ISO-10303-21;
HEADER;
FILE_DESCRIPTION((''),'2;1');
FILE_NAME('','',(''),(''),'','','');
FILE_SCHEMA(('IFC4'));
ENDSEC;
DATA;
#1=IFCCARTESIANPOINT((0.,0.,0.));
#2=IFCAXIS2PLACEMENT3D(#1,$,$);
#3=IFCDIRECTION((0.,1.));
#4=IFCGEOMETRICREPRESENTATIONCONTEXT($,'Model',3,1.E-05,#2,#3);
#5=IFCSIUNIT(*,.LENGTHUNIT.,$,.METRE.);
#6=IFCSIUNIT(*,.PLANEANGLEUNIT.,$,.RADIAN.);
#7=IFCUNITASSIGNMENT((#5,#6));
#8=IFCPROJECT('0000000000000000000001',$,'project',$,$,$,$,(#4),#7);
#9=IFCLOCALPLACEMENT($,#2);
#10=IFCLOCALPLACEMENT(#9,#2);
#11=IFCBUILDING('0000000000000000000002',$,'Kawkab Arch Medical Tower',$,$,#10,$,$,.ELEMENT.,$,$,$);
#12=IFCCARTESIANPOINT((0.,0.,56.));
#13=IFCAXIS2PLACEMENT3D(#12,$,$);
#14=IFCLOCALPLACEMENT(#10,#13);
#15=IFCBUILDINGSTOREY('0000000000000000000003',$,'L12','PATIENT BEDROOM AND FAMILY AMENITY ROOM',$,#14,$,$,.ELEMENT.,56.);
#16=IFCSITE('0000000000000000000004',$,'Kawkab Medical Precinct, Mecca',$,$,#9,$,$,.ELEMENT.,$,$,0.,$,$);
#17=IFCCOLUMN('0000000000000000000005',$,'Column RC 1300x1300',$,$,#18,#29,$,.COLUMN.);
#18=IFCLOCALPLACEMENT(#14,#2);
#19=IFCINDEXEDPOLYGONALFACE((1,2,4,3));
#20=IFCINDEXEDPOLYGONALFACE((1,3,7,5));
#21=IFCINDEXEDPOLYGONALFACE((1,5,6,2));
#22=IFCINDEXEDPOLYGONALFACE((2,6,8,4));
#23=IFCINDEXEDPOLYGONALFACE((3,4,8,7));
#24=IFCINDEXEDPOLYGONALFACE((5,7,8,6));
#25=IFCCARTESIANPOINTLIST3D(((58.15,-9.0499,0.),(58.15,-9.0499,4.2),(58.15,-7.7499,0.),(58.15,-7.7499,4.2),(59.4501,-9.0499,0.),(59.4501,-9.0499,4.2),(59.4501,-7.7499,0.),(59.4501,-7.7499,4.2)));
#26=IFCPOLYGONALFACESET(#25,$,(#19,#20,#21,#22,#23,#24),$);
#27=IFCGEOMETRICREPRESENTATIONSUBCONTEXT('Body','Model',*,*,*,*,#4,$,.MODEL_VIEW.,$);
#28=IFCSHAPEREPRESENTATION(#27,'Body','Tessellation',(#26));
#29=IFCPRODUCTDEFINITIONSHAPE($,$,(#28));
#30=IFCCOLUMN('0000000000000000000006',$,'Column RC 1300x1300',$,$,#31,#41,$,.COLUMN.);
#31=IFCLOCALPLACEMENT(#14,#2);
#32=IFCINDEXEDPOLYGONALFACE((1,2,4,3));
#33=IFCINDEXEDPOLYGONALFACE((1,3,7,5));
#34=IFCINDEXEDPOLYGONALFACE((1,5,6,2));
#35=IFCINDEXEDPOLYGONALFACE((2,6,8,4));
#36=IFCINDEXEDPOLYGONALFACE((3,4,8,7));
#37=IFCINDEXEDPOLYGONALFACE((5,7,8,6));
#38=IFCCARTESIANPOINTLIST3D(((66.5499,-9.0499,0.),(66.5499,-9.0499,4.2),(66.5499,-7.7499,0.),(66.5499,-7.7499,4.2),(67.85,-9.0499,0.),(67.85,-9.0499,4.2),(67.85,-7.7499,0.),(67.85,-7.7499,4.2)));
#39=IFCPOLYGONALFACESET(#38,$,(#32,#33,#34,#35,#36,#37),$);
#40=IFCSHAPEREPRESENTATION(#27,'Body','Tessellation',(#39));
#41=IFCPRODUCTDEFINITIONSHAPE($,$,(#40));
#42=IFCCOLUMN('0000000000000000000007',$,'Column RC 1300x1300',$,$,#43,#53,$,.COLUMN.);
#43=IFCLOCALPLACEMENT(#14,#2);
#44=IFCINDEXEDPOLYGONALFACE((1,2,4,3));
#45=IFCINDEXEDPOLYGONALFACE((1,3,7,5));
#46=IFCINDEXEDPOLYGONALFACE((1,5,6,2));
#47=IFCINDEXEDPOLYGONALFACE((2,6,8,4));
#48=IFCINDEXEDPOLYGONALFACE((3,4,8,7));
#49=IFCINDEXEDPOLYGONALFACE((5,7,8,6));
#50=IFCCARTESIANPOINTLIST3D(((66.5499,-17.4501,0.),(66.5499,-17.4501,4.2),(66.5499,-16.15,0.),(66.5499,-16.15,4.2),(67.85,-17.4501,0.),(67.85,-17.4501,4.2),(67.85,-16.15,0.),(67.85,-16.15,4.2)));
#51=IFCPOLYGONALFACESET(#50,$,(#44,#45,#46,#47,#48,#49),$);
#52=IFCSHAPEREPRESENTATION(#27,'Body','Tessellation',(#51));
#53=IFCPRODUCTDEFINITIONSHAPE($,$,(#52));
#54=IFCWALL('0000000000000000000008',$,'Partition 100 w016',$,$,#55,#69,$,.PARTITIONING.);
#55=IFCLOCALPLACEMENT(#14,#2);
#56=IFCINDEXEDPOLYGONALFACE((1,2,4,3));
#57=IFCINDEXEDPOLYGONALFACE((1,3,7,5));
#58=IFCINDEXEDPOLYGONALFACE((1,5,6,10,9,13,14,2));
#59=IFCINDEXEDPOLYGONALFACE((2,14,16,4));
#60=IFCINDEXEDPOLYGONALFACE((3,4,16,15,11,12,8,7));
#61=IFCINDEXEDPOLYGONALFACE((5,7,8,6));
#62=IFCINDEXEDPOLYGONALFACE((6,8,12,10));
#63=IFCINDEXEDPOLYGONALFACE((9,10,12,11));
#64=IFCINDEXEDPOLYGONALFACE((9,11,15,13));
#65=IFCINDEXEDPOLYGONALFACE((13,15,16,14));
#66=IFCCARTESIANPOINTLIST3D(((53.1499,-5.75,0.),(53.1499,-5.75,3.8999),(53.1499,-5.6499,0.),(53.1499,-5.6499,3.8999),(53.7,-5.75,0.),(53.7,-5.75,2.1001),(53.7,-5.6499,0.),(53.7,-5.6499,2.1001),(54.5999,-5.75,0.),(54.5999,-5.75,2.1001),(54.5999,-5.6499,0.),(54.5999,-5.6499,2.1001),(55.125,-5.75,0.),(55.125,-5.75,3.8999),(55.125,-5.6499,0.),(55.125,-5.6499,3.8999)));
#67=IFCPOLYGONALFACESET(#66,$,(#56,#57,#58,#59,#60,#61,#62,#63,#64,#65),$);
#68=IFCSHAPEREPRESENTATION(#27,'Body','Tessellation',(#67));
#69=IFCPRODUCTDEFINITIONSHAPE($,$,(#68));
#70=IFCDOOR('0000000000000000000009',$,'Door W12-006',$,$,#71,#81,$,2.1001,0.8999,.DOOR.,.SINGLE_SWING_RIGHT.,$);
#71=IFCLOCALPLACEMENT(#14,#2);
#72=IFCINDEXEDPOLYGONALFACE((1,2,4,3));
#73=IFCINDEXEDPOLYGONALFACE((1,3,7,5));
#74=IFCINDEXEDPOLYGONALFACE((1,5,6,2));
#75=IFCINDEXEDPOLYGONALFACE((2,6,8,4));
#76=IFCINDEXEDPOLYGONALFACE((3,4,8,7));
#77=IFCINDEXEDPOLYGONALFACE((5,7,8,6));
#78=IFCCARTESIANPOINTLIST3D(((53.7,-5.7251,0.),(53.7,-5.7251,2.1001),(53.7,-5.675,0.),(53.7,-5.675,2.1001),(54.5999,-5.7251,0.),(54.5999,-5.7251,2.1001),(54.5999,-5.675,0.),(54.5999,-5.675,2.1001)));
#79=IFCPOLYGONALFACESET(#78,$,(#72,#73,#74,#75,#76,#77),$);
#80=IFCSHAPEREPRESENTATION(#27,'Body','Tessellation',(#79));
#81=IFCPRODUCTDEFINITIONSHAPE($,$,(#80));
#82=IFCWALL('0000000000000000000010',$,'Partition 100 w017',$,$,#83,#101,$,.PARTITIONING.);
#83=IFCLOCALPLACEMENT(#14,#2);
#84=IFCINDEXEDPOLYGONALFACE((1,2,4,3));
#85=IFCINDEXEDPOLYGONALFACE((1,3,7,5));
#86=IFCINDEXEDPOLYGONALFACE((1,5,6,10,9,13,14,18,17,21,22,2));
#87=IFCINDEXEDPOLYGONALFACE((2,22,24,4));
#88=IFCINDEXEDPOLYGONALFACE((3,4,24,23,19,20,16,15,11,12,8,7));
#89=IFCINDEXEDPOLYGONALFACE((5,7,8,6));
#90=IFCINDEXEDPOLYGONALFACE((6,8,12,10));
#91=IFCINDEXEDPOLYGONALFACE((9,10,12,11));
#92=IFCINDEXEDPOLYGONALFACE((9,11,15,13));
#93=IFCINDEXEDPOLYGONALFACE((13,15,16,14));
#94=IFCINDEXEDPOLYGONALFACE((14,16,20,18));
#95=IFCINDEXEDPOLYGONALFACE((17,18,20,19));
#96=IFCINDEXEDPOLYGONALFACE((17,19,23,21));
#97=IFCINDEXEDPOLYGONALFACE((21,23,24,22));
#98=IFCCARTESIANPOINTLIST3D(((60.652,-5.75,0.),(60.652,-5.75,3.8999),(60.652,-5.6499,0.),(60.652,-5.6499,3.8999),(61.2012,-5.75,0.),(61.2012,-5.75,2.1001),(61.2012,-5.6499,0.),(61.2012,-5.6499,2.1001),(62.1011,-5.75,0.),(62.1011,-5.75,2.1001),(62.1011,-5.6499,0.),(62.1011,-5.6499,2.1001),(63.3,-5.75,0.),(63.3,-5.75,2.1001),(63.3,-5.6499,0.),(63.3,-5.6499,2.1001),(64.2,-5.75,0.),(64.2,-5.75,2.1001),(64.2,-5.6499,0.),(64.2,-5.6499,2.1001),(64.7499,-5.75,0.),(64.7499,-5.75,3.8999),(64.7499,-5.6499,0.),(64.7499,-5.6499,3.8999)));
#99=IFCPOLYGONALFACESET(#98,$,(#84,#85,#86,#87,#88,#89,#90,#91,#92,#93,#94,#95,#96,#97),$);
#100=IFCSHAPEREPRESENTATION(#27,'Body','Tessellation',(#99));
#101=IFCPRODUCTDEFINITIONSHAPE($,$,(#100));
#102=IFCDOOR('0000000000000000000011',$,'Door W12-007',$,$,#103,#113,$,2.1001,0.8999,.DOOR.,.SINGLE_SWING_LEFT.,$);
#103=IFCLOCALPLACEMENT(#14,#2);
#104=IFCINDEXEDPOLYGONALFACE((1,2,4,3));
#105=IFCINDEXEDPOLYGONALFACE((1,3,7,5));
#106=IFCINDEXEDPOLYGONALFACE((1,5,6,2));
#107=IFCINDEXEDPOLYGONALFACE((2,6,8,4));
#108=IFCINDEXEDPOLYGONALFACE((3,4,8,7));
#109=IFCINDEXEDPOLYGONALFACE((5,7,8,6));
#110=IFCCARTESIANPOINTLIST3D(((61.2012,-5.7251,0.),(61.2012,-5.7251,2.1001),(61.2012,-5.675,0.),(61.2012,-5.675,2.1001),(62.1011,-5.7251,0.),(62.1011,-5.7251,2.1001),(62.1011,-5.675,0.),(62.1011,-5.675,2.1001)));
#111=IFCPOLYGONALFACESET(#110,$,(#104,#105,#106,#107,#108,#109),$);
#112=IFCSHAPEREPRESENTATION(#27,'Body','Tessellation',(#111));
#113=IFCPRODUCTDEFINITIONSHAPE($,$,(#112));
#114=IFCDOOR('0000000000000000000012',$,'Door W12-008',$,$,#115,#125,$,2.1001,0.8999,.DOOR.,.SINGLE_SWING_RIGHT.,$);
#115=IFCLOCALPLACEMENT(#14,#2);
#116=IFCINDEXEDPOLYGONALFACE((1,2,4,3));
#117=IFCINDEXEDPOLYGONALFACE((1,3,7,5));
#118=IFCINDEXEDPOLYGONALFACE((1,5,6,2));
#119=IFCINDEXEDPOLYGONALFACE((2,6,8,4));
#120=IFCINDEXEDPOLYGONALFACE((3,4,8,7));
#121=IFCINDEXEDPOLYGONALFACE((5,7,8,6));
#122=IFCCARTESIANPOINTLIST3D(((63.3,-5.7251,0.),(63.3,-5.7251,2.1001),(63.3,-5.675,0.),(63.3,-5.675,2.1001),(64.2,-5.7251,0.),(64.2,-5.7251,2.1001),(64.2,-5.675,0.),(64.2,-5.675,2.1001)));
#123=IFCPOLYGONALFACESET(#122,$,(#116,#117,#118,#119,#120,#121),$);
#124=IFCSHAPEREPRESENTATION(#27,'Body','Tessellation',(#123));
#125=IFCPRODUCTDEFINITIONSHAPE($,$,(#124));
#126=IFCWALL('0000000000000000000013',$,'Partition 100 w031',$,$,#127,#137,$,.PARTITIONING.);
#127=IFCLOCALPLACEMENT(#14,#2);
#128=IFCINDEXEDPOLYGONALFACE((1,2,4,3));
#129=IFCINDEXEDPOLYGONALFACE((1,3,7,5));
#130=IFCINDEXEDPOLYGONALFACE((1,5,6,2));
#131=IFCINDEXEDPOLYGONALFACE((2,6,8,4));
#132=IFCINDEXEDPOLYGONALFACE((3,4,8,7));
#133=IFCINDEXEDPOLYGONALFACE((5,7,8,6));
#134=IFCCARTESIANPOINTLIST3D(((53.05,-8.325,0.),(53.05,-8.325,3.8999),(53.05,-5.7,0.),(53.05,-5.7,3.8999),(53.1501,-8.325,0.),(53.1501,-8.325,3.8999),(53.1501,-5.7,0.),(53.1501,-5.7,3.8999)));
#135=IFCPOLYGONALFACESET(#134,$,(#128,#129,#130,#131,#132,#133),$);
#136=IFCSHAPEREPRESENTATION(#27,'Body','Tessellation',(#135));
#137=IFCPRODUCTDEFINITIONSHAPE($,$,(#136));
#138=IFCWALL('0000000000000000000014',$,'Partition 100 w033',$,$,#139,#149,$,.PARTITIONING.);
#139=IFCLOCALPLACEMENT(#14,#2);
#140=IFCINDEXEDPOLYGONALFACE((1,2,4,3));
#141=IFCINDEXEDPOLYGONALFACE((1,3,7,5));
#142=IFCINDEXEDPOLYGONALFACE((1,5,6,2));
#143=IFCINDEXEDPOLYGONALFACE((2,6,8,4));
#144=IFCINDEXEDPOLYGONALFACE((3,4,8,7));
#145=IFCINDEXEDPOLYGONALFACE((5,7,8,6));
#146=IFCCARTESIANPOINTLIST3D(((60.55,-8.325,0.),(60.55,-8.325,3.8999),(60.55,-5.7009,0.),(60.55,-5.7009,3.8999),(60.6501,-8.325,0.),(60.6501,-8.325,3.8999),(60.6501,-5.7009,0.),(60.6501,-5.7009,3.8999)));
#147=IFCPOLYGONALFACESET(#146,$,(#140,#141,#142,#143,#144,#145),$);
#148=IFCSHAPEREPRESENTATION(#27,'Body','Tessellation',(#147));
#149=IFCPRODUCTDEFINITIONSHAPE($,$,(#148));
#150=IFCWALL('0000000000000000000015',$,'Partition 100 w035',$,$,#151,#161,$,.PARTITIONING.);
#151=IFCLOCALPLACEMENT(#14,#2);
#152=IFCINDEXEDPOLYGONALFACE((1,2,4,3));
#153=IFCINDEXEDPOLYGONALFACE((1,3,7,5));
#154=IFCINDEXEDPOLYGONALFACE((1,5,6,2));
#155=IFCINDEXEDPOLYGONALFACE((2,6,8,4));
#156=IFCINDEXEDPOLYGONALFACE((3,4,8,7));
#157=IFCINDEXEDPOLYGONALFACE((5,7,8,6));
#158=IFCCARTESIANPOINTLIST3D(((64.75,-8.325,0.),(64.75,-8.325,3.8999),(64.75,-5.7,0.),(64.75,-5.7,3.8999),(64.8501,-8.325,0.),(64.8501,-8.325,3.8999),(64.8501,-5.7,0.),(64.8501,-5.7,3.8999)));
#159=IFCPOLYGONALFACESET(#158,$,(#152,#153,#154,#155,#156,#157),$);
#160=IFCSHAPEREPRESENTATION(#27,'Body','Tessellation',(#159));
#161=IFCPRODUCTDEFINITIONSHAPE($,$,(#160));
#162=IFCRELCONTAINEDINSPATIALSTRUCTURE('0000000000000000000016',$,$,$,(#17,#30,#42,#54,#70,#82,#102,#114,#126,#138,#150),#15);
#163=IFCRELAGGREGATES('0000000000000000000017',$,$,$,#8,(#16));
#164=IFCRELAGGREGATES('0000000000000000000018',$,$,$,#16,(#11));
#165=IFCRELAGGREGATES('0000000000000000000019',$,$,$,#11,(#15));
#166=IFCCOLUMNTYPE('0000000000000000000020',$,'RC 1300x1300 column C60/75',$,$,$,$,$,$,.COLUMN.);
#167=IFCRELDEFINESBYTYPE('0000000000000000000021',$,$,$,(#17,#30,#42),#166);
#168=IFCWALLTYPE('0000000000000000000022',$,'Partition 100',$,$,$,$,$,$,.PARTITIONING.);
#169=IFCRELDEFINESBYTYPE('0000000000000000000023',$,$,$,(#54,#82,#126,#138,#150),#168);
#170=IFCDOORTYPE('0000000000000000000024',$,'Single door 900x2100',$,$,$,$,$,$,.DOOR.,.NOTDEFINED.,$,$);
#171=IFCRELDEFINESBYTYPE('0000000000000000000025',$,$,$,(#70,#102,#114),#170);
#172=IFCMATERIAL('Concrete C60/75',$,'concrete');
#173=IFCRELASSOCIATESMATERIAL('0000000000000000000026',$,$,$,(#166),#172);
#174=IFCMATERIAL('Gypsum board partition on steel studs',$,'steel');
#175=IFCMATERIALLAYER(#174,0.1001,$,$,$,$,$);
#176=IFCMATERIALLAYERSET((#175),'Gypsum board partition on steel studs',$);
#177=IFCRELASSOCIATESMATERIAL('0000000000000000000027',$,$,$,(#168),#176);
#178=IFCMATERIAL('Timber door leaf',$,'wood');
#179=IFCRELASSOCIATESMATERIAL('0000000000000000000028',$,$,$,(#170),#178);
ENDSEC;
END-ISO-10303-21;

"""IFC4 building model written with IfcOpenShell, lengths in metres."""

from ifc_helpers import new_model, si_unit, direction, frame, frame_2d, origin, origin_2d, place, context, subcontext, project, spatial, rectangle, extrude, material, layer, layer_set, material_profile, profile_set, type_object, element, fill, save


model = new_model("IFC4")

# Units and contexts
model_context = context("Model", 3, precision=1e-05, world=origin(), true_north=direction((0.0, 1.0)))
body_context = subcontext(model_context, "Body", "Model", "MODEL_VIEW")
ifc_project = project(units=[si_unit("LENGTHUNIT", "METRE"), si_unit("PLANEANGLEUNIT", "RADIAN")], contexts=[model_context])

# Site, building, storey
site_placement = place(None, origin())
site = spatial("IfcSite", under=ifc_project, at=site_placement, Name="Kawkab Medical Precinct, Mecca", CompositionType="ELEMENT", RefElevation=0.0)
building_placement = place(site_placement, origin())
building = spatial("IfcBuilding", under=site, at=building_placement, Name="Kawkab Arch Medical Tower", CompositionType="ELEMENT")
storey_placement = place(building_placement, frame((0.0, 0.0, 56.0)))
storey = spatial("IfcBuildingStorey", under=building, at=storey_placement, Name="L12", Description="PATIENT BEDROOM AND FAMILY AMENITY ROOM", CompositionType="ELEMENT", Elevation=56.0)

# Columns
ifc_material_1 = material(Name="Concrete C60/75", Category="concrete")
ifc_material_profile = material_profile(ifc_material_1, rectangle(XDim=1.3, YDim=1.3, at=origin_2d()), Name="RC 1300x1300")
ifc_profile_set = profile_set([ifc_material_profile], Name="Concrete C60/75")
column_type = type_object("IfcColumnType", Name="RC 1300x1300 column C60/75", PredefinedType="COLUMN", material=ifc_profile_set)
for number, where, z_axis, x_axis, name in (
    (1, (58.8, -8.3999, 0.0), (0.0, 0.0, 1.0), (1.0, 0.0, 0.0), "Column RC 1300x1300"),
    (2, (67.2, -8.3999, 0.0), (0.0, 0.0, 1.0), (1.0, 0.0, 0.0), "Column RC 1300x1300"),
    (3, (67.2, -16.8, 0.0), (0.0, 0.0, 1.0), (1.0, 0.0, 0.0), "Column RC 1300x1300"),
):
    element("IfcColumn", number, at=place(storey_placement, frame(where, z_axis=z_axis, x_axis=x_axis)), inside=storey, type_object=column_type, Name=name, PredefinedType="COLUMN", context=body_context, shape_type="SweptSolid", body=[
        extrude(rectangle(XDim=1.3, YDim=1.3, at=origin_2d()), origin(), (0.0, 0.0, 1.0), 4.2),
    ])

# Wall, opening, door
ifc_material_2 = material(Name="Gypsum board partition on steel studs", Category="steel")
ifc_layer_1 = layer(ifc_material_2, 0.1001)
ifc_layer_set_1 = layer_set([ifc_layer_1], Name="Gypsum board partition on steel studs")
wall_type_1 = type_object("IfcWallType", Name="Partition 100", PredefinedType="PARTITIONING", material=ifc_layer_set_1)
wall_1_placement = place(storey_placement, frame((53.1499, -5.7, 0.0), z_axis=(0.0, 0.0, 1.0), x_axis=(1.0, 0.0, 0.0)))
wall_1 = element("IfcWall", 4, at=wall_1_placement, inside=storey, type_object=wall_type_1, Name="Partition 100 w016", PredefinedType="PARTITIONING", context=body_context, shape_type="SweptSolid", body=[
    extrude(rectangle(XDim=1.9751, YDim=0.1001, at=frame_2d((0.9875, 0.0))), origin(), (0.0, 0.0, 1.0), 3.8999),
])
opening_1_placement = place(wall_1_placement, frame((0.55, 0.0, 0.0)))
opening_1 = element("IfcOpeningElement", 5, at=opening_1_placement, cuts=wall_1, PredefinedType="OPENING", context=body_context, shape_type="SweptSolid", body=[
    extrude(rectangle(XDim=0.8999, YDim=2.1001, at=frame_2d((0.45, 1.05))), frame((0.0, 0.0601, 0.0), z_axis=(0.0, -1.0, 0.0), x_axis=(1.0, 0.0, 0.0)), (0.0, 0.0, 1.0), 0.1201),
])
ifc_material_3 = material(Name="Timber door leaf", Category="wood")
door_type_1 = type_object("IfcDoorType", Name="Single door 900x2100", OperationType="NOTDEFINED", PredefinedType="DOOR", material=ifc_material_3)
door_1_placement = place(opening_1_placement, origin())
door_1 = element("IfcDoor", 6, at=door_1_placement, inside=storey, type_object=door_type_1, Name="Door W12-006", OperationType="SINGLE_SWING_RIGHT", OverallHeight=2.1001, OverallWidth=0.8999, PredefinedType="DOOR", context=body_context, shape_type="SweptSolid", body=[
    extrude(rectangle(XDim=0.8999, YDim=2.1001, at=frame_2d((0.45, 1.05))), frame((0.0, 0.0249, 0.0), z_axis=(0.0, -1.0, 0.0), x_axis=(1.0, 0.0, 0.0)), (0.0, 0.0, 1.0), 0.05),
])
fill(opening_1, door_1)

# Wall, openings, doors
wall_2_placement = place(storey_placement, frame((60.6521, -5.7, 0.0), z_axis=(0.0, 0.0, 1.0), x_axis=(1.0, 0.0, 0.0)))
wall_2 = element("IfcWall", 7, at=wall_2_placement, inside=storey, type_object=wall_type_1, Name="Partition 100 w017", PredefinedType="PARTITIONING", context=body_context, shape_type="SweptSolid", body=[
    extrude(rectangle(XDim=4.0979, YDim=0.1001, at=frame_2d((2.0488, 0.0))), origin(), (0.0, 0.0, 1.0), 3.8999),
])
opening_2_placement = place(wall_2_placement, frame((0.5491, 0.0, 0.0)))
opening_2 = element("IfcOpeningElement", 8, at=opening_2_placement, cuts=wall_2, PredefinedType="OPENING", context=body_context, shape_type="SweptSolid", body=[
    extrude(rectangle(XDim=0.8999, YDim=2.1001, at=frame_2d((0.45, 1.05))), frame((0.0, 0.0601, 0.0), z_axis=(0.0, -1.0, 0.0), x_axis=(1.0, 0.0, 0.0)), (0.0, 0.0, 1.0), 0.1201),
])
opening_3_placement = place(wall_2_placement, frame((2.6479, 0.0, 0.0)))
opening_3 = element("IfcOpeningElement", 9, at=opening_3_placement, cuts=wall_2, PredefinedType="OPENING", context=body_context, shape_type="SweptSolid", body=[
    extrude(rectangle(XDim=0.8999, YDim=2.1001, at=frame_2d((0.45, 1.05))), frame((0.0, 0.0601, 0.0), z_axis=(0.0, -1.0, 0.0), x_axis=(1.0, 0.0, 0.0)), (0.0, 0.0, 1.0), 0.1201),
])
door_2_placement = place(opening_2_placement, origin())
door_2 = element("IfcDoor", 10, at=door_2_placement, inside=storey, type_object=door_type_1, Name="Door W12-007", OperationType="SINGLE_SWING_LEFT", OverallHeight=2.1001, OverallWidth=0.8999, PredefinedType="DOOR", context=body_context, shape_type="SweptSolid", body=[
    extrude(rectangle(XDim=0.8999, YDim=2.1001, at=frame_2d((0.45, 1.05))), frame((0.0, 0.0249, 0.0), z_axis=(0.0, -1.0, 0.0), x_axis=(1.0, 0.0, 0.0)), (0.0, 0.0, 1.0), 0.05),
])
fill(opening_2, door_2)
door_3_placement = place(opening_3_placement, origin())
door_3 = element("IfcDoor", 11, at=door_3_placement, inside=storey, type_object=door_type_1, Name="Door W12-008", OperationType="SINGLE_SWING_RIGHT", OverallHeight=2.1001, OverallWidth=0.8999, PredefinedType="DOOR", context=body_context, shape_type="SweptSolid", body=[
    extrude(rectangle(XDim=0.8999, YDim=2.1001, at=frame_2d((0.45, 1.05))), frame((0.0, 0.0249, 0.0), z_axis=(0.0, -1.0, 0.0), x_axis=(1.0, 0.0, 0.0)), (0.0, 0.0, 1.0), 0.05),
])
fill(opening_3, door_3)

# Walls
wall_3_placement = place(storey_placement, frame((53.1001, -8.325, 0.0), z_axis=(0.0, 0.0, 1.0), x_axis=(0.0, 1.0, 0.0)))
element("IfcWall", 12, at=wall_3_placement, inside=storey, type_object=wall_type_1, Name="Partition 100 w031", PredefinedType="PARTITIONING", context=body_context, shape_type="SweptSolid", body=[
    extrude(rectangle(XDim=2.625, YDim=0.1001, at=frame_2d((1.3125, 0.0))), origin(), (0.0, 0.0, 1.0), 3.8999),
])
wall_4_placement = place(storey_placement, frame((60.6001, -8.325, 0.0), z_axis=(0.0, 0.0, 1.0), x_axis=(0.0, 1.0, 0.0)))
element("IfcWall", 13, at=wall_4_placement, inside=storey, type_object=wall_type_1, Name="Partition 100 w033", PredefinedType="PARTITIONING", context=body_context, shape_type="SweptSolid", body=[
    extrude(rectangle(XDim=2.624, YDim=0.1001, at=frame_2d((1.312, 0.0))), origin(), (0.0, 0.0, 1.0), 3.8999),
])
wall_5_placement = place(storey_placement, frame((64.8, -8.325, 0.0), z_axis=(0.0, 0.0, 1.0), x_axis=(0.0, 1.0, 0.0)))
element("IfcWall", 14, at=wall_5_placement, inside=storey, type_object=wall_type_1, Name="Partition 100 w035", PredefinedType="PARTITIONING", context=body_context, shape_type="SweptSolid", body=[
    extrude(rectangle(XDim=2.625, YDim=0.1001, at=frame_2d((1.3125, 0.0))), origin(), (0.0, 0.0, 1.0), 3.8999),
])

save(model, "model.ifc")
